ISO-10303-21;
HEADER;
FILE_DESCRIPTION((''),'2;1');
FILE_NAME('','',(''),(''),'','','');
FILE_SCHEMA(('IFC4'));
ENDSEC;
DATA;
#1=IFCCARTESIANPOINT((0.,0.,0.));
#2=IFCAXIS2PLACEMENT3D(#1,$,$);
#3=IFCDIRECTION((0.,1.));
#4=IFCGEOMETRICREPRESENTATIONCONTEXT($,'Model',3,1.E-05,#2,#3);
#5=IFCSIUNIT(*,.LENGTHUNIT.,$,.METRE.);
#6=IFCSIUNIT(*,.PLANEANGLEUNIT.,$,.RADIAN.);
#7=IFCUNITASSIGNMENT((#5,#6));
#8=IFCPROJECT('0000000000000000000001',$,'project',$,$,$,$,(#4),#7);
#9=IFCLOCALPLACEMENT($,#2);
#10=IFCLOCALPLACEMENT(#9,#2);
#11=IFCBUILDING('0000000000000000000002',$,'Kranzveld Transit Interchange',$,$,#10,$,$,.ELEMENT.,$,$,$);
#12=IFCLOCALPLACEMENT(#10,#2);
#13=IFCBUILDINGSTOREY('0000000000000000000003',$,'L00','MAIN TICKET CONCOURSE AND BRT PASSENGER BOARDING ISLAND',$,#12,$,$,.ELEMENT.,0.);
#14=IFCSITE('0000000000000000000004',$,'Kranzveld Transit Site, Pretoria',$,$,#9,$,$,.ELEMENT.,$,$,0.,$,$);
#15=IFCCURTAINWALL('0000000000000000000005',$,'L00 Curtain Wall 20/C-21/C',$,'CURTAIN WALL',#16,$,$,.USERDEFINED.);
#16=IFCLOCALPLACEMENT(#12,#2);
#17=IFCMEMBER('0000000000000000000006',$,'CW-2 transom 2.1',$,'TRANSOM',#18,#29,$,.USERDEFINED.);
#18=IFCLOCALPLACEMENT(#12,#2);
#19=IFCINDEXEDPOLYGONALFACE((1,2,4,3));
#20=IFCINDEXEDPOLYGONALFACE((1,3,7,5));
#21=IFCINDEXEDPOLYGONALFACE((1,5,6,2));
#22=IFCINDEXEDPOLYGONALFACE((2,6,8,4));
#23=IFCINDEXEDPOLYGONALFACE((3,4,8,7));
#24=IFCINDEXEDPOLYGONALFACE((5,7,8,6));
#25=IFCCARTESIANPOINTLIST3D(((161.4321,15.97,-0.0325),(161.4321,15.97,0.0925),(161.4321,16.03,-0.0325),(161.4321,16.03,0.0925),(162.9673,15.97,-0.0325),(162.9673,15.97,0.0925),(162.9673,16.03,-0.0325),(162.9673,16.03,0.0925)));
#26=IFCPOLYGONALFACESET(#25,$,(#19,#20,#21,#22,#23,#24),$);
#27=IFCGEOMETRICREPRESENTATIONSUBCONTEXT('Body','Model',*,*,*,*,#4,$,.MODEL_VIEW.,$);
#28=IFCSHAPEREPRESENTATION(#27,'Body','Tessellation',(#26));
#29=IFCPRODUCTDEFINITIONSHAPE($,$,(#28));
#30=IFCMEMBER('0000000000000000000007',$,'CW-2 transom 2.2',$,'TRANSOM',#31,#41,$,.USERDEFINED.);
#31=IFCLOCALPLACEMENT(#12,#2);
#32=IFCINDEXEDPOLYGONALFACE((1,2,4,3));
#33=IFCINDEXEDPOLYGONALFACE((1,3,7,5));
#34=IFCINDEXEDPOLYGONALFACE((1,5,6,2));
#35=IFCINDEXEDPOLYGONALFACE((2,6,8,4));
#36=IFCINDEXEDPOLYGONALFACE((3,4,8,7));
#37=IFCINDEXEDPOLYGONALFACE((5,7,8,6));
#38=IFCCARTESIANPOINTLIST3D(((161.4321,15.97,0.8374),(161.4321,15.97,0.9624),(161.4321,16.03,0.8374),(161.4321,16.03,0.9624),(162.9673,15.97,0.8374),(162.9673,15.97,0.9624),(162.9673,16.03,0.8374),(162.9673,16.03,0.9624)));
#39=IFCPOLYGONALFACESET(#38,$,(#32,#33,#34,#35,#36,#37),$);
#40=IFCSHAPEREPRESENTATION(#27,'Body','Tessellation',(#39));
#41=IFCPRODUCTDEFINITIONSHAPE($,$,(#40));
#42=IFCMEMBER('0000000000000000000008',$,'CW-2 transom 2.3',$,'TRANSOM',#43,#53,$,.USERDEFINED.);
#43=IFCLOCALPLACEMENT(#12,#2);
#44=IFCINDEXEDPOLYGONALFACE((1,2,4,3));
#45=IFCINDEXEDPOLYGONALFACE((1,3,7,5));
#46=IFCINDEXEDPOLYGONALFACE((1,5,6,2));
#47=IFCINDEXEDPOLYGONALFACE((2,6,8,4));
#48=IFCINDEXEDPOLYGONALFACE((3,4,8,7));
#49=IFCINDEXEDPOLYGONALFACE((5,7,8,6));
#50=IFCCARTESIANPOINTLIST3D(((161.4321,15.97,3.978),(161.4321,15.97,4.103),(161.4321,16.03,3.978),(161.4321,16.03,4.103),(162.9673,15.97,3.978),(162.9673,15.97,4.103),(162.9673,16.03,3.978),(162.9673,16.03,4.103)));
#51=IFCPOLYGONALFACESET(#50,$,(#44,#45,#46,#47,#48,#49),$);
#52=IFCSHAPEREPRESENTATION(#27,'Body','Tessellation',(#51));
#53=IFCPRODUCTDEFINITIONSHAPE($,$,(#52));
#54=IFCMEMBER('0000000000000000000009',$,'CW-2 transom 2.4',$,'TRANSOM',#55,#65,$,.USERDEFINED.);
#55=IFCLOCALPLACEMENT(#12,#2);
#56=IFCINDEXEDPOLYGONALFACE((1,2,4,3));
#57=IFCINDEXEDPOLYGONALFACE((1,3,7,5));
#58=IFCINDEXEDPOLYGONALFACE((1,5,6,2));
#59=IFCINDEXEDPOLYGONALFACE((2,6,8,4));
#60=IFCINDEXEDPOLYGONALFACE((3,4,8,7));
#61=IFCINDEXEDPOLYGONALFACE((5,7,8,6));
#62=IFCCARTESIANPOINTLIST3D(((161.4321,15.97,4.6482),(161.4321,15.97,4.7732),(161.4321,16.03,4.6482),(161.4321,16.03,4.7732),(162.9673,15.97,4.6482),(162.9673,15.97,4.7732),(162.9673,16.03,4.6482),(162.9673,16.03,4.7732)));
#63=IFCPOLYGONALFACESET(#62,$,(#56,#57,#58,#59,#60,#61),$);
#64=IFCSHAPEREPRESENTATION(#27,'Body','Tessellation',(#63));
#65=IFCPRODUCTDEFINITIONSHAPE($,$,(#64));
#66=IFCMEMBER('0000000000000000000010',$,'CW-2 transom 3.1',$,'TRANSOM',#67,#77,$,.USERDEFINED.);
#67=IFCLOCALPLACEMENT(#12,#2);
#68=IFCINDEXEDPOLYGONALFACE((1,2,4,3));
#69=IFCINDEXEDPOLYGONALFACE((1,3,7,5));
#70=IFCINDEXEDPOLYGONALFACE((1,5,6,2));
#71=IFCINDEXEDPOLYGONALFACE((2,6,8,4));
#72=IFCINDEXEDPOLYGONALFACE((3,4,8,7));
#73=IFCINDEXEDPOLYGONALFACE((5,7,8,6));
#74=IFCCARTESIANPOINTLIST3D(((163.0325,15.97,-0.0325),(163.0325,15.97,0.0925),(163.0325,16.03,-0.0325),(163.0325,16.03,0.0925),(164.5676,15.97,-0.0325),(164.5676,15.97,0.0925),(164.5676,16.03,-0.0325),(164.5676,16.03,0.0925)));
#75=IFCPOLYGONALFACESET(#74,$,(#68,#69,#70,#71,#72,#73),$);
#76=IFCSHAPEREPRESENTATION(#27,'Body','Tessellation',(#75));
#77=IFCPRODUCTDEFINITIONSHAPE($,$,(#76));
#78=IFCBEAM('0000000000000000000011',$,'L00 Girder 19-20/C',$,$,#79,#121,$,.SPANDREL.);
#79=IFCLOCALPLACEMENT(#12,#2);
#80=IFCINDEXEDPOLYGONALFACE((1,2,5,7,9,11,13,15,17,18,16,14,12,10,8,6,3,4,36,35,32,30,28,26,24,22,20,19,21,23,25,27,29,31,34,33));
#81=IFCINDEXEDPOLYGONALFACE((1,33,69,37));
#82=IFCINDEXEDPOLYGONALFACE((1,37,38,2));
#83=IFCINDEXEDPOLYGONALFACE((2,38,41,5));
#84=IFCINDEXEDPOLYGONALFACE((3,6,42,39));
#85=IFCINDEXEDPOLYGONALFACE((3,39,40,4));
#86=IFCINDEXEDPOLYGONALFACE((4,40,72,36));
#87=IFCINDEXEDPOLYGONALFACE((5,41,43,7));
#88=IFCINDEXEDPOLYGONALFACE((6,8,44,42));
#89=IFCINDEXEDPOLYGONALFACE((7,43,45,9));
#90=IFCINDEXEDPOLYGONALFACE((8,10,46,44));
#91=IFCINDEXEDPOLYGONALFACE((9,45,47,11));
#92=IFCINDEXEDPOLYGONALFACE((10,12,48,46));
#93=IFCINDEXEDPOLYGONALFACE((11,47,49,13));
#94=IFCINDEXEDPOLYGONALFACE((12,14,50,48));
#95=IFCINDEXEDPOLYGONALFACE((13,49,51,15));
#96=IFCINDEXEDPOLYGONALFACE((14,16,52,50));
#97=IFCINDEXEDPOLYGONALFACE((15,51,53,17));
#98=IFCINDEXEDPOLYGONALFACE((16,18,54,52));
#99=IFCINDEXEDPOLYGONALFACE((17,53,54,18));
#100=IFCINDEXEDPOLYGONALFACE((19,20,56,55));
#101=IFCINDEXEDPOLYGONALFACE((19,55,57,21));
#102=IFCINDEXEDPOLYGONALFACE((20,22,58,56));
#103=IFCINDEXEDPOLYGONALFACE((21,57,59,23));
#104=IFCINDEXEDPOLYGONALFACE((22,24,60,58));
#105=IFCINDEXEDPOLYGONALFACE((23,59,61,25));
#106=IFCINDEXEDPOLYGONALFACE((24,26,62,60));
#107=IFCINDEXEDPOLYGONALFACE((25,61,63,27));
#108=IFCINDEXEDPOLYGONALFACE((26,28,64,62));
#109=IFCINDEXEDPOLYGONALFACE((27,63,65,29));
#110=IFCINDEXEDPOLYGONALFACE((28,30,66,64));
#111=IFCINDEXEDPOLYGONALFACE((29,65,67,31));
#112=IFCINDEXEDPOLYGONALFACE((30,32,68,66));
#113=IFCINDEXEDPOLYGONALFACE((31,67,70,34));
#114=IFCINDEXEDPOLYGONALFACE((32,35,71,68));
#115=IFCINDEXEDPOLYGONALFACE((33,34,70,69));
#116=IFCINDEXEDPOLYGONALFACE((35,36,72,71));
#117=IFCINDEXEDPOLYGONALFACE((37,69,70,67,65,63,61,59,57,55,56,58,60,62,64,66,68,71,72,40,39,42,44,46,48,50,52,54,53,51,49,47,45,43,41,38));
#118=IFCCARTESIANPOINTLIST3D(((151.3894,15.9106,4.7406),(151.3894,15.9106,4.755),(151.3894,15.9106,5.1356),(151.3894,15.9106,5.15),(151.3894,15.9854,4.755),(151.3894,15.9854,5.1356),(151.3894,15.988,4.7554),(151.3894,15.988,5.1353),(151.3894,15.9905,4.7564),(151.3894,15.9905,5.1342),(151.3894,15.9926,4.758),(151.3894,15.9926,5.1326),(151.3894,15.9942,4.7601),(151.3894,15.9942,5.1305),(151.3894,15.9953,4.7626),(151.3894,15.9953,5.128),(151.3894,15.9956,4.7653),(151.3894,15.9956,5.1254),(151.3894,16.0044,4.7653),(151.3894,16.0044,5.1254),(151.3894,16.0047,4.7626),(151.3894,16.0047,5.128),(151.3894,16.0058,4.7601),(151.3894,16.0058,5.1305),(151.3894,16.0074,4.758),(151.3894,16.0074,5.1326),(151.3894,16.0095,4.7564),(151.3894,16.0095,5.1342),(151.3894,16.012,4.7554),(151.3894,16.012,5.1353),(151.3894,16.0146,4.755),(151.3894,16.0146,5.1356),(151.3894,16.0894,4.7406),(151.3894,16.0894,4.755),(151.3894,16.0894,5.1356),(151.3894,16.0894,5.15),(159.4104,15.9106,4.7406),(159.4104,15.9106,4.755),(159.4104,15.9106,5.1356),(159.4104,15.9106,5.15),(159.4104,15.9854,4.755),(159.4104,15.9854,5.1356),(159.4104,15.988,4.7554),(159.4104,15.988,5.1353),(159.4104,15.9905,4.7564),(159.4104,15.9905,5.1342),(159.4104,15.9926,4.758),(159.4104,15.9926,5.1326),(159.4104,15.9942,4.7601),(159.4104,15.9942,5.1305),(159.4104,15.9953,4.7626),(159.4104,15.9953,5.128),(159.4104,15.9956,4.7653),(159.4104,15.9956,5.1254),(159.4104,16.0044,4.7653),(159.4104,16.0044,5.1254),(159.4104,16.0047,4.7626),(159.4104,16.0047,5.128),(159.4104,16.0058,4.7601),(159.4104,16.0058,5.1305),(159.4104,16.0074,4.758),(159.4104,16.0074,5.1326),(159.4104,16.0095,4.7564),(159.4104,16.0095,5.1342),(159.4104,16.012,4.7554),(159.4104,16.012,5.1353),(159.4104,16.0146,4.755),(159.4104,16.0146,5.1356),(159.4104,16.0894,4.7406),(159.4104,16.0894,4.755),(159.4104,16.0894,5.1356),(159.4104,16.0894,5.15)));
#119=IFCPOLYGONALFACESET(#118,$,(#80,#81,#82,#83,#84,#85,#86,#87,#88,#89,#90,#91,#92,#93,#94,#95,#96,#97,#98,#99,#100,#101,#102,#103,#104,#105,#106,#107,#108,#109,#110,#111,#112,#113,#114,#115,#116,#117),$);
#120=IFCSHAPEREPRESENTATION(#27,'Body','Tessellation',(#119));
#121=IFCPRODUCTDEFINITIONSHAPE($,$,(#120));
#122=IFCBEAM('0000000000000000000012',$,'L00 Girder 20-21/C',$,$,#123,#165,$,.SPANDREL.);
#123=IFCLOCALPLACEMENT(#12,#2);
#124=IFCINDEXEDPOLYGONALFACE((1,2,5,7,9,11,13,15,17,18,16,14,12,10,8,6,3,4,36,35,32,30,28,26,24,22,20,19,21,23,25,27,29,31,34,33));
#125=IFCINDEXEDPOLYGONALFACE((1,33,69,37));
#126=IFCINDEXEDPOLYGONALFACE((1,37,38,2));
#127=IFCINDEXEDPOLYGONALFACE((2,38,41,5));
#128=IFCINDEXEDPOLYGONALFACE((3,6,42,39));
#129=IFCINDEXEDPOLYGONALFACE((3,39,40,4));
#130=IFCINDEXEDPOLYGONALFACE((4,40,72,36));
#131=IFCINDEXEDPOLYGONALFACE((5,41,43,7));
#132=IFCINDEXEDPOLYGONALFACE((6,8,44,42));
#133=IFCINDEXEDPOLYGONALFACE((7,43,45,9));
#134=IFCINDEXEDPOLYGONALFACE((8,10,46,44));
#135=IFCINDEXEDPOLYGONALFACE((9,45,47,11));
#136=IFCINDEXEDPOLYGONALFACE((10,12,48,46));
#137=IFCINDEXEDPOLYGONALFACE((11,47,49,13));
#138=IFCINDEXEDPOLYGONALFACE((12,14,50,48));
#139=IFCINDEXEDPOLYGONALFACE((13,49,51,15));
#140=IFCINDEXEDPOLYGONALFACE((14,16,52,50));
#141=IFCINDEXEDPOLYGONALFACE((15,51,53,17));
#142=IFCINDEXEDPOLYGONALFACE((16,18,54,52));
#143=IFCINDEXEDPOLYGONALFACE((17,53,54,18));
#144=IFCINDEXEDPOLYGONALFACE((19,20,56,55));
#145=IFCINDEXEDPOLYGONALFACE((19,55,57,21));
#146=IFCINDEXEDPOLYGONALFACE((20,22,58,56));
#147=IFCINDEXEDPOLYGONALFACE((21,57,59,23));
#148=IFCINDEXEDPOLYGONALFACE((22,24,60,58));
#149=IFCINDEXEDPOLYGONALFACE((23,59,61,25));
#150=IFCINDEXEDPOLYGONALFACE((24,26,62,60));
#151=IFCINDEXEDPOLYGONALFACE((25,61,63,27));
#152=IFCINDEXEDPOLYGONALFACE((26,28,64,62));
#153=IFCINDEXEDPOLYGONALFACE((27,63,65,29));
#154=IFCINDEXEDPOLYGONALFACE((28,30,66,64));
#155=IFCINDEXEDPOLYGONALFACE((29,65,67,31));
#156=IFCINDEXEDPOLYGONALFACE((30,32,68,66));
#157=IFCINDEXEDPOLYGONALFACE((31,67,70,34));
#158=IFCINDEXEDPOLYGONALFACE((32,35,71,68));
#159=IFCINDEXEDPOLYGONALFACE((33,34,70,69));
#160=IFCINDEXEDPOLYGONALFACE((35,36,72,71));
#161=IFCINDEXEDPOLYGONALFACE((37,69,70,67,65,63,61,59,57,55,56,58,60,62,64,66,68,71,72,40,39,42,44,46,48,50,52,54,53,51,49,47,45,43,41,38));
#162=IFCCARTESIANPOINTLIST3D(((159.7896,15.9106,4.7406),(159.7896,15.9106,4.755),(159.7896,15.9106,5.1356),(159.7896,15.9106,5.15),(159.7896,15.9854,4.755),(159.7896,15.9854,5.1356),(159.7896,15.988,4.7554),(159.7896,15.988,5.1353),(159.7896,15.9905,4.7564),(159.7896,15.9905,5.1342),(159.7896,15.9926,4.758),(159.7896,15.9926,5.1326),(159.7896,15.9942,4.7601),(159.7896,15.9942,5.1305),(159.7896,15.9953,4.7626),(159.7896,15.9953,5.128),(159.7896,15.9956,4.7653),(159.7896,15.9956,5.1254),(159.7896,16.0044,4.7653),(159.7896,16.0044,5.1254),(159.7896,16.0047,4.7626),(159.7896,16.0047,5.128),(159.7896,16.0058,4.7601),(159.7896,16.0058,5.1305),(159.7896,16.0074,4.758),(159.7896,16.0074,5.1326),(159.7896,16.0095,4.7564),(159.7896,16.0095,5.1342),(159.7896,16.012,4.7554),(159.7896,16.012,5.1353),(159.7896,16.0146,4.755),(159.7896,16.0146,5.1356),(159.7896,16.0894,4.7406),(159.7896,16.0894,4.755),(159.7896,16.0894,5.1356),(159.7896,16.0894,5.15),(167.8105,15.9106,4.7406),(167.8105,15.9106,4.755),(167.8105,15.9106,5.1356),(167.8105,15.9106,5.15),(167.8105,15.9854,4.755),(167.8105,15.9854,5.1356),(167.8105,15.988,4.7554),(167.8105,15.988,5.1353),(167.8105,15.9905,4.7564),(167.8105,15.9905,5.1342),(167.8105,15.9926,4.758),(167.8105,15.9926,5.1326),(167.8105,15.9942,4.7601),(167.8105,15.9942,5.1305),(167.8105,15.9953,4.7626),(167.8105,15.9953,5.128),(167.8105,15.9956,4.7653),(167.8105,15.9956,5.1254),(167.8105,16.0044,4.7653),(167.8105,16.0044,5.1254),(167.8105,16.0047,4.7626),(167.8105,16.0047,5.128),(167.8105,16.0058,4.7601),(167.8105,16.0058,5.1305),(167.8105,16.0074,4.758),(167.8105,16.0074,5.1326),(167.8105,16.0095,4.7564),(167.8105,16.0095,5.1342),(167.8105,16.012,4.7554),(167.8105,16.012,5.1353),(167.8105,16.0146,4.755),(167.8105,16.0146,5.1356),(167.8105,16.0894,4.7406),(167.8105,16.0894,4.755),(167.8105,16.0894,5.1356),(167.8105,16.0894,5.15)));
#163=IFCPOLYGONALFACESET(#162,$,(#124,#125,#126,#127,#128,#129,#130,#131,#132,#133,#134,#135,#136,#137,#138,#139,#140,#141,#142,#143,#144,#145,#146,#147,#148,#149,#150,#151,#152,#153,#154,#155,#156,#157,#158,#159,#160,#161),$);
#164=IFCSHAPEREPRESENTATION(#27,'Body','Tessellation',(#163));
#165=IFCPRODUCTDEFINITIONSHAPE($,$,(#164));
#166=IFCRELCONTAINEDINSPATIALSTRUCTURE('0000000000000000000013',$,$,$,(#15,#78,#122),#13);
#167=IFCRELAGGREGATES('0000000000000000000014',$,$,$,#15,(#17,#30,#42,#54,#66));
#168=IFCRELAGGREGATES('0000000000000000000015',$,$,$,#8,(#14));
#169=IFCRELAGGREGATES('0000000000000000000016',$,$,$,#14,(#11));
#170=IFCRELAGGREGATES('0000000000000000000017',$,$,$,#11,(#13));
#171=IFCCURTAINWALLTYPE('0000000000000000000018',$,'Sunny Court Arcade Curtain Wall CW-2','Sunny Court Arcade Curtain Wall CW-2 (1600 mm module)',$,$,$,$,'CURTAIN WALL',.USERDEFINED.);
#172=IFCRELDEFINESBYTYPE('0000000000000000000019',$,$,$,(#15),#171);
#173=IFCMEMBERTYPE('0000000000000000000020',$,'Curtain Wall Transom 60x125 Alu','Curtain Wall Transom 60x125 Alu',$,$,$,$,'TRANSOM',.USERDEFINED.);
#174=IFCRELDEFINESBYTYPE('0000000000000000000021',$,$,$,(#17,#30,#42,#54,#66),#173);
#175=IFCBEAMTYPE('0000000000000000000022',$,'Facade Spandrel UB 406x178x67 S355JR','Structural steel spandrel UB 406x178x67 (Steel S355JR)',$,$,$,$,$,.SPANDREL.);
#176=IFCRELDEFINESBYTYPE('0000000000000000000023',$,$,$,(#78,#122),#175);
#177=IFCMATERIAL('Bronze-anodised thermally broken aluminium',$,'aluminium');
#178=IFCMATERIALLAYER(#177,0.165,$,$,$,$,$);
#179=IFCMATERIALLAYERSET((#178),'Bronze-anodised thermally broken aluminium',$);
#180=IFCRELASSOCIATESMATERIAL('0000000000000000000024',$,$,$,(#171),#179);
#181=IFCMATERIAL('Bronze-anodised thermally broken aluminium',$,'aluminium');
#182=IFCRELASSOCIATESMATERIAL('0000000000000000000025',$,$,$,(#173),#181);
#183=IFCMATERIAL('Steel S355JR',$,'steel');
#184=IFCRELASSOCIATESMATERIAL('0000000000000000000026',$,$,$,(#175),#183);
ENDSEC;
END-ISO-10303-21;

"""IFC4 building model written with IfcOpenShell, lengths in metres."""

from ifc_helpers import new_model, si_unit, direction, frame, origin, origin_2d, place, context, subcontext, project, spatial, rectangle, i_section, extrude, material, layer, layer_set, material_profile, profile_set, type_object, element, aggregate, save


model = new_model("IFC4")

# Units and contexts
model_context = context("Model", 3, precision=1e-05, world=origin(), true_north=direction((0.0, 1.0)))
body_context = subcontext(model_context, "Body", "Model", "MODEL_VIEW")
ifc_project = project(units=[si_unit("LENGTHUNIT", "METRE"), si_unit("PLANEANGLEUNIT", "RADIAN")], contexts=[model_context])

# Site, building, storey
site_placement = place(None, origin())
site = spatial("IfcSite", under=ifc_project, at=site_placement, Name="Kranzveld Transit Site, Pretoria", CompositionType="ELEMENT", RefElevation=0.0)
building_placement = place(site_placement, origin())
building = spatial("IfcBuilding", under=site, at=building_placement, Name="Kranzveld Transit Interchange", CompositionType="ELEMENT")
storey_placement = place(building_placement, origin())
storey = spatial("IfcBuildingStorey", under=building, at=storey_placement, Name="L00", Description="MAIN TICKET CONCOURSE AND BRT PASSENGER BOARDING ISLAND", CompositionType="ELEMENT", Elevation=0.0)

# Curtain wall, members
ifc_material_1 = material(Name="Bronze-anodised thermally broken aluminium", Category="aluminium")
ifc_layer_1 = layer(ifc_material_1, 0.165)
ifc_layer_set_1 = layer_set([ifc_layer_1], Name="Bronze-anodised thermally broken aluminium")
curtain_wall_type = type_object("IfcCurtainWallType", Name="Sunny Court Arcade Curtain Wall CW-2", Description="Sunny Court Arcade Curtain Wall CW-2 (1600 mm module)", ElementType="CURTAIN WALL", PredefinedType="USERDEFINED", material=ifc_layer_set_1)
curtain_wall_placement = place(storey_placement, origin())
curtain_wall = element("IfcCurtainWall", 1, at=curtain_wall_placement, inside=storey, type_object=curtain_wall_type, Name="L00 Curtain Wall 20/C-21/C", ObjectType="CURTAIN WALL", PredefinedType="USERDEFINED")
ifc_material_2 = material(Name="Bronze-anodised thermally broken aluminium", Category="aluminium")
ifc_material_profile_1 = material_profile(ifc_material_2, rectangle(XDim=0.0601, YDim=0.125, at=origin_2d()), Name="ALU TRANSOM 60x125")
ifc_profile_set_1 = profile_set([ifc_material_profile_1], Name="Bronze-anodised thermally broken aluminium")
member_type_1 = type_object("IfcMemberType", Name="Curtain Wall Transom 60x125 Alu", Description="Curtain Wall Transom 60x125 Alu", ElementType="TRANSOM", PredefinedType="USERDEFINED", material=ifc_profile_set_1)
member_1_placement = place(storey_placement, frame((161.4321, 16.0, 0.03), z_axis=(1.0, 0.0, 0.0), x_axis=(0.0, 1.0, 0.0)))
member_1 = element("IfcMember", 2, at=member_1_placement, type_object=member_type_1, Name="CW-2 transom 2.1", ObjectType="TRANSOM", PredefinedType="USERDEFINED", context=body_context, shape_type="SweptSolid", body=[
    extrude(rectangle(XDim=0.0601, YDim=0.125, at=origin_2d()), origin(), (0.0, 0.0, 1.0), 1.5352),
])
member_2_placement = place(storey_placement, frame((161.4321, 16.0, 0.8999), z_axis=(1.0, 0.0, 0.0), x_axis=(0.0, 1.0, 0.0)))
member_2 = element("IfcMember", 3, at=member_2_placement, type_object=member_type_1, Name="CW-2 transom 2.2", ObjectType="TRANSOM", PredefinedType="USERDEFINED", context=body_context, shape_type="SweptSolid", body=[
    extrude(rectangle(XDim=0.0601, YDim=0.125, at=origin_2d()), origin(), (0.0, 0.0, 1.0), 1.5352),
])
member_3_placement = place(storey_placement, frame((161.4321, 16.0, 4.0405), z_axis=(1.0, 0.0, 0.0), x_axis=(0.0, 1.0, 0.0)))
member_3 = element("IfcMember", 4, at=member_3_placement, type_object=member_type_1, Name="CW-2 transom 2.3", ObjectType="TRANSOM", PredefinedType="USERDEFINED", context=body_context, shape_type="SweptSolid", body=[
    extrude(rectangle(XDim=0.0601, YDim=0.125, at=origin_2d()), origin(), (0.0, 0.0, 1.0), 1.5352),
])
member_4_placement = place(storey_placement, frame((161.4321, 16.0, 4.7107), z_axis=(1.0, 0.0, 0.0), x_axis=(0.0, 1.0, 0.0)))
member_4 = element("IfcMember", 5, at=member_4_placement, type_object=member_type_1, Name="CW-2 transom 2.4", ObjectType="TRANSOM", PredefinedType="USERDEFINED", context=body_context, shape_type="SweptSolid", body=[
    extrude(rectangle(XDim=0.0601, YDim=0.125, at=origin_2d()), origin(), (0.0, 0.0, 1.0), 1.5352),
])
member_5_placement = place(storey_placement, frame((163.0325, 16.0, 0.03), z_axis=(1.0, 0.0, 0.0), x_axis=(0.0, 1.0, 0.0)))
member_5 = element("IfcMember", 6, at=member_5_placement, type_object=member_type_1, Name="CW-2 transom 3.1", ObjectType="TRANSOM", PredefinedType="USERDEFINED", context=body_context, shape_type="SweptSolid", body=[
    extrude(rectangle(XDim=0.0601, YDim=0.125, at=origin_2d()), origin(), (0.0, 0.0, 1.0), 1.5352),
])

# Beams
ifc_material_3 = material(Name="Steel S355JR", Category="steel")
ifc_material_profile_2 = material_profile(ifc_material_3, i_section(OverallWidth=0.1787, OverallDepth=0.4094, WebThickness=0.0088, FlangeThickness=0.0144, FilletRadius=0.0103, at=origin_2d()), Name="UB 406x178x67")
ifc_profile_set_2 = profile_set([ifc_material_profile_2], Name="Steel S355JR")
beam_type_1 = type_object("IfcBeamType", Name="Facade Spandrel UB 406x178x67 S355JR", Description="Structural steel spandrel UB 406x178x67 (Steel S355JR)", PredefinedType="SPANDREL", material=ifc_profile_set_2)
for number, where, z_axis, x_axis, name in (
    (7, (151.3894, 16.0, 4.9453), (1.0, 0.0, 0.0), (0.0, 1.0, 0.0), "L00 Girder 19-20/C"),
    (8, (159.7896, 16.0, 4.9453), (1.0, 0.0, 0.0), (0.0, 1.0, 0.0), "L00 Girder 20-21/C"),
):
    element("IfcBeam", number, at=place(storey_placement, frame(where, z_axis=z_axis, x_axis=x_axis)), inside=storey, type_object=beam_type_1, Name=name, PredefinedType="SPANDREL", context=body_context, shape_type="SweptSolid", body=[
        extrude(i_section(OverallWidth=0.1787, OverallDepth=0.4094, WebThickness=0.0088, FlangeThickness=0.0144, FilletRadius=0.0103, at=origin_2d()), origin(), (0.0, 0.0, 1.0), 8.021),
    ])

aggregate(curtain_wall, [member_1, member_2, member_3, member_4, member_5])

save(model, "model.ifc")
